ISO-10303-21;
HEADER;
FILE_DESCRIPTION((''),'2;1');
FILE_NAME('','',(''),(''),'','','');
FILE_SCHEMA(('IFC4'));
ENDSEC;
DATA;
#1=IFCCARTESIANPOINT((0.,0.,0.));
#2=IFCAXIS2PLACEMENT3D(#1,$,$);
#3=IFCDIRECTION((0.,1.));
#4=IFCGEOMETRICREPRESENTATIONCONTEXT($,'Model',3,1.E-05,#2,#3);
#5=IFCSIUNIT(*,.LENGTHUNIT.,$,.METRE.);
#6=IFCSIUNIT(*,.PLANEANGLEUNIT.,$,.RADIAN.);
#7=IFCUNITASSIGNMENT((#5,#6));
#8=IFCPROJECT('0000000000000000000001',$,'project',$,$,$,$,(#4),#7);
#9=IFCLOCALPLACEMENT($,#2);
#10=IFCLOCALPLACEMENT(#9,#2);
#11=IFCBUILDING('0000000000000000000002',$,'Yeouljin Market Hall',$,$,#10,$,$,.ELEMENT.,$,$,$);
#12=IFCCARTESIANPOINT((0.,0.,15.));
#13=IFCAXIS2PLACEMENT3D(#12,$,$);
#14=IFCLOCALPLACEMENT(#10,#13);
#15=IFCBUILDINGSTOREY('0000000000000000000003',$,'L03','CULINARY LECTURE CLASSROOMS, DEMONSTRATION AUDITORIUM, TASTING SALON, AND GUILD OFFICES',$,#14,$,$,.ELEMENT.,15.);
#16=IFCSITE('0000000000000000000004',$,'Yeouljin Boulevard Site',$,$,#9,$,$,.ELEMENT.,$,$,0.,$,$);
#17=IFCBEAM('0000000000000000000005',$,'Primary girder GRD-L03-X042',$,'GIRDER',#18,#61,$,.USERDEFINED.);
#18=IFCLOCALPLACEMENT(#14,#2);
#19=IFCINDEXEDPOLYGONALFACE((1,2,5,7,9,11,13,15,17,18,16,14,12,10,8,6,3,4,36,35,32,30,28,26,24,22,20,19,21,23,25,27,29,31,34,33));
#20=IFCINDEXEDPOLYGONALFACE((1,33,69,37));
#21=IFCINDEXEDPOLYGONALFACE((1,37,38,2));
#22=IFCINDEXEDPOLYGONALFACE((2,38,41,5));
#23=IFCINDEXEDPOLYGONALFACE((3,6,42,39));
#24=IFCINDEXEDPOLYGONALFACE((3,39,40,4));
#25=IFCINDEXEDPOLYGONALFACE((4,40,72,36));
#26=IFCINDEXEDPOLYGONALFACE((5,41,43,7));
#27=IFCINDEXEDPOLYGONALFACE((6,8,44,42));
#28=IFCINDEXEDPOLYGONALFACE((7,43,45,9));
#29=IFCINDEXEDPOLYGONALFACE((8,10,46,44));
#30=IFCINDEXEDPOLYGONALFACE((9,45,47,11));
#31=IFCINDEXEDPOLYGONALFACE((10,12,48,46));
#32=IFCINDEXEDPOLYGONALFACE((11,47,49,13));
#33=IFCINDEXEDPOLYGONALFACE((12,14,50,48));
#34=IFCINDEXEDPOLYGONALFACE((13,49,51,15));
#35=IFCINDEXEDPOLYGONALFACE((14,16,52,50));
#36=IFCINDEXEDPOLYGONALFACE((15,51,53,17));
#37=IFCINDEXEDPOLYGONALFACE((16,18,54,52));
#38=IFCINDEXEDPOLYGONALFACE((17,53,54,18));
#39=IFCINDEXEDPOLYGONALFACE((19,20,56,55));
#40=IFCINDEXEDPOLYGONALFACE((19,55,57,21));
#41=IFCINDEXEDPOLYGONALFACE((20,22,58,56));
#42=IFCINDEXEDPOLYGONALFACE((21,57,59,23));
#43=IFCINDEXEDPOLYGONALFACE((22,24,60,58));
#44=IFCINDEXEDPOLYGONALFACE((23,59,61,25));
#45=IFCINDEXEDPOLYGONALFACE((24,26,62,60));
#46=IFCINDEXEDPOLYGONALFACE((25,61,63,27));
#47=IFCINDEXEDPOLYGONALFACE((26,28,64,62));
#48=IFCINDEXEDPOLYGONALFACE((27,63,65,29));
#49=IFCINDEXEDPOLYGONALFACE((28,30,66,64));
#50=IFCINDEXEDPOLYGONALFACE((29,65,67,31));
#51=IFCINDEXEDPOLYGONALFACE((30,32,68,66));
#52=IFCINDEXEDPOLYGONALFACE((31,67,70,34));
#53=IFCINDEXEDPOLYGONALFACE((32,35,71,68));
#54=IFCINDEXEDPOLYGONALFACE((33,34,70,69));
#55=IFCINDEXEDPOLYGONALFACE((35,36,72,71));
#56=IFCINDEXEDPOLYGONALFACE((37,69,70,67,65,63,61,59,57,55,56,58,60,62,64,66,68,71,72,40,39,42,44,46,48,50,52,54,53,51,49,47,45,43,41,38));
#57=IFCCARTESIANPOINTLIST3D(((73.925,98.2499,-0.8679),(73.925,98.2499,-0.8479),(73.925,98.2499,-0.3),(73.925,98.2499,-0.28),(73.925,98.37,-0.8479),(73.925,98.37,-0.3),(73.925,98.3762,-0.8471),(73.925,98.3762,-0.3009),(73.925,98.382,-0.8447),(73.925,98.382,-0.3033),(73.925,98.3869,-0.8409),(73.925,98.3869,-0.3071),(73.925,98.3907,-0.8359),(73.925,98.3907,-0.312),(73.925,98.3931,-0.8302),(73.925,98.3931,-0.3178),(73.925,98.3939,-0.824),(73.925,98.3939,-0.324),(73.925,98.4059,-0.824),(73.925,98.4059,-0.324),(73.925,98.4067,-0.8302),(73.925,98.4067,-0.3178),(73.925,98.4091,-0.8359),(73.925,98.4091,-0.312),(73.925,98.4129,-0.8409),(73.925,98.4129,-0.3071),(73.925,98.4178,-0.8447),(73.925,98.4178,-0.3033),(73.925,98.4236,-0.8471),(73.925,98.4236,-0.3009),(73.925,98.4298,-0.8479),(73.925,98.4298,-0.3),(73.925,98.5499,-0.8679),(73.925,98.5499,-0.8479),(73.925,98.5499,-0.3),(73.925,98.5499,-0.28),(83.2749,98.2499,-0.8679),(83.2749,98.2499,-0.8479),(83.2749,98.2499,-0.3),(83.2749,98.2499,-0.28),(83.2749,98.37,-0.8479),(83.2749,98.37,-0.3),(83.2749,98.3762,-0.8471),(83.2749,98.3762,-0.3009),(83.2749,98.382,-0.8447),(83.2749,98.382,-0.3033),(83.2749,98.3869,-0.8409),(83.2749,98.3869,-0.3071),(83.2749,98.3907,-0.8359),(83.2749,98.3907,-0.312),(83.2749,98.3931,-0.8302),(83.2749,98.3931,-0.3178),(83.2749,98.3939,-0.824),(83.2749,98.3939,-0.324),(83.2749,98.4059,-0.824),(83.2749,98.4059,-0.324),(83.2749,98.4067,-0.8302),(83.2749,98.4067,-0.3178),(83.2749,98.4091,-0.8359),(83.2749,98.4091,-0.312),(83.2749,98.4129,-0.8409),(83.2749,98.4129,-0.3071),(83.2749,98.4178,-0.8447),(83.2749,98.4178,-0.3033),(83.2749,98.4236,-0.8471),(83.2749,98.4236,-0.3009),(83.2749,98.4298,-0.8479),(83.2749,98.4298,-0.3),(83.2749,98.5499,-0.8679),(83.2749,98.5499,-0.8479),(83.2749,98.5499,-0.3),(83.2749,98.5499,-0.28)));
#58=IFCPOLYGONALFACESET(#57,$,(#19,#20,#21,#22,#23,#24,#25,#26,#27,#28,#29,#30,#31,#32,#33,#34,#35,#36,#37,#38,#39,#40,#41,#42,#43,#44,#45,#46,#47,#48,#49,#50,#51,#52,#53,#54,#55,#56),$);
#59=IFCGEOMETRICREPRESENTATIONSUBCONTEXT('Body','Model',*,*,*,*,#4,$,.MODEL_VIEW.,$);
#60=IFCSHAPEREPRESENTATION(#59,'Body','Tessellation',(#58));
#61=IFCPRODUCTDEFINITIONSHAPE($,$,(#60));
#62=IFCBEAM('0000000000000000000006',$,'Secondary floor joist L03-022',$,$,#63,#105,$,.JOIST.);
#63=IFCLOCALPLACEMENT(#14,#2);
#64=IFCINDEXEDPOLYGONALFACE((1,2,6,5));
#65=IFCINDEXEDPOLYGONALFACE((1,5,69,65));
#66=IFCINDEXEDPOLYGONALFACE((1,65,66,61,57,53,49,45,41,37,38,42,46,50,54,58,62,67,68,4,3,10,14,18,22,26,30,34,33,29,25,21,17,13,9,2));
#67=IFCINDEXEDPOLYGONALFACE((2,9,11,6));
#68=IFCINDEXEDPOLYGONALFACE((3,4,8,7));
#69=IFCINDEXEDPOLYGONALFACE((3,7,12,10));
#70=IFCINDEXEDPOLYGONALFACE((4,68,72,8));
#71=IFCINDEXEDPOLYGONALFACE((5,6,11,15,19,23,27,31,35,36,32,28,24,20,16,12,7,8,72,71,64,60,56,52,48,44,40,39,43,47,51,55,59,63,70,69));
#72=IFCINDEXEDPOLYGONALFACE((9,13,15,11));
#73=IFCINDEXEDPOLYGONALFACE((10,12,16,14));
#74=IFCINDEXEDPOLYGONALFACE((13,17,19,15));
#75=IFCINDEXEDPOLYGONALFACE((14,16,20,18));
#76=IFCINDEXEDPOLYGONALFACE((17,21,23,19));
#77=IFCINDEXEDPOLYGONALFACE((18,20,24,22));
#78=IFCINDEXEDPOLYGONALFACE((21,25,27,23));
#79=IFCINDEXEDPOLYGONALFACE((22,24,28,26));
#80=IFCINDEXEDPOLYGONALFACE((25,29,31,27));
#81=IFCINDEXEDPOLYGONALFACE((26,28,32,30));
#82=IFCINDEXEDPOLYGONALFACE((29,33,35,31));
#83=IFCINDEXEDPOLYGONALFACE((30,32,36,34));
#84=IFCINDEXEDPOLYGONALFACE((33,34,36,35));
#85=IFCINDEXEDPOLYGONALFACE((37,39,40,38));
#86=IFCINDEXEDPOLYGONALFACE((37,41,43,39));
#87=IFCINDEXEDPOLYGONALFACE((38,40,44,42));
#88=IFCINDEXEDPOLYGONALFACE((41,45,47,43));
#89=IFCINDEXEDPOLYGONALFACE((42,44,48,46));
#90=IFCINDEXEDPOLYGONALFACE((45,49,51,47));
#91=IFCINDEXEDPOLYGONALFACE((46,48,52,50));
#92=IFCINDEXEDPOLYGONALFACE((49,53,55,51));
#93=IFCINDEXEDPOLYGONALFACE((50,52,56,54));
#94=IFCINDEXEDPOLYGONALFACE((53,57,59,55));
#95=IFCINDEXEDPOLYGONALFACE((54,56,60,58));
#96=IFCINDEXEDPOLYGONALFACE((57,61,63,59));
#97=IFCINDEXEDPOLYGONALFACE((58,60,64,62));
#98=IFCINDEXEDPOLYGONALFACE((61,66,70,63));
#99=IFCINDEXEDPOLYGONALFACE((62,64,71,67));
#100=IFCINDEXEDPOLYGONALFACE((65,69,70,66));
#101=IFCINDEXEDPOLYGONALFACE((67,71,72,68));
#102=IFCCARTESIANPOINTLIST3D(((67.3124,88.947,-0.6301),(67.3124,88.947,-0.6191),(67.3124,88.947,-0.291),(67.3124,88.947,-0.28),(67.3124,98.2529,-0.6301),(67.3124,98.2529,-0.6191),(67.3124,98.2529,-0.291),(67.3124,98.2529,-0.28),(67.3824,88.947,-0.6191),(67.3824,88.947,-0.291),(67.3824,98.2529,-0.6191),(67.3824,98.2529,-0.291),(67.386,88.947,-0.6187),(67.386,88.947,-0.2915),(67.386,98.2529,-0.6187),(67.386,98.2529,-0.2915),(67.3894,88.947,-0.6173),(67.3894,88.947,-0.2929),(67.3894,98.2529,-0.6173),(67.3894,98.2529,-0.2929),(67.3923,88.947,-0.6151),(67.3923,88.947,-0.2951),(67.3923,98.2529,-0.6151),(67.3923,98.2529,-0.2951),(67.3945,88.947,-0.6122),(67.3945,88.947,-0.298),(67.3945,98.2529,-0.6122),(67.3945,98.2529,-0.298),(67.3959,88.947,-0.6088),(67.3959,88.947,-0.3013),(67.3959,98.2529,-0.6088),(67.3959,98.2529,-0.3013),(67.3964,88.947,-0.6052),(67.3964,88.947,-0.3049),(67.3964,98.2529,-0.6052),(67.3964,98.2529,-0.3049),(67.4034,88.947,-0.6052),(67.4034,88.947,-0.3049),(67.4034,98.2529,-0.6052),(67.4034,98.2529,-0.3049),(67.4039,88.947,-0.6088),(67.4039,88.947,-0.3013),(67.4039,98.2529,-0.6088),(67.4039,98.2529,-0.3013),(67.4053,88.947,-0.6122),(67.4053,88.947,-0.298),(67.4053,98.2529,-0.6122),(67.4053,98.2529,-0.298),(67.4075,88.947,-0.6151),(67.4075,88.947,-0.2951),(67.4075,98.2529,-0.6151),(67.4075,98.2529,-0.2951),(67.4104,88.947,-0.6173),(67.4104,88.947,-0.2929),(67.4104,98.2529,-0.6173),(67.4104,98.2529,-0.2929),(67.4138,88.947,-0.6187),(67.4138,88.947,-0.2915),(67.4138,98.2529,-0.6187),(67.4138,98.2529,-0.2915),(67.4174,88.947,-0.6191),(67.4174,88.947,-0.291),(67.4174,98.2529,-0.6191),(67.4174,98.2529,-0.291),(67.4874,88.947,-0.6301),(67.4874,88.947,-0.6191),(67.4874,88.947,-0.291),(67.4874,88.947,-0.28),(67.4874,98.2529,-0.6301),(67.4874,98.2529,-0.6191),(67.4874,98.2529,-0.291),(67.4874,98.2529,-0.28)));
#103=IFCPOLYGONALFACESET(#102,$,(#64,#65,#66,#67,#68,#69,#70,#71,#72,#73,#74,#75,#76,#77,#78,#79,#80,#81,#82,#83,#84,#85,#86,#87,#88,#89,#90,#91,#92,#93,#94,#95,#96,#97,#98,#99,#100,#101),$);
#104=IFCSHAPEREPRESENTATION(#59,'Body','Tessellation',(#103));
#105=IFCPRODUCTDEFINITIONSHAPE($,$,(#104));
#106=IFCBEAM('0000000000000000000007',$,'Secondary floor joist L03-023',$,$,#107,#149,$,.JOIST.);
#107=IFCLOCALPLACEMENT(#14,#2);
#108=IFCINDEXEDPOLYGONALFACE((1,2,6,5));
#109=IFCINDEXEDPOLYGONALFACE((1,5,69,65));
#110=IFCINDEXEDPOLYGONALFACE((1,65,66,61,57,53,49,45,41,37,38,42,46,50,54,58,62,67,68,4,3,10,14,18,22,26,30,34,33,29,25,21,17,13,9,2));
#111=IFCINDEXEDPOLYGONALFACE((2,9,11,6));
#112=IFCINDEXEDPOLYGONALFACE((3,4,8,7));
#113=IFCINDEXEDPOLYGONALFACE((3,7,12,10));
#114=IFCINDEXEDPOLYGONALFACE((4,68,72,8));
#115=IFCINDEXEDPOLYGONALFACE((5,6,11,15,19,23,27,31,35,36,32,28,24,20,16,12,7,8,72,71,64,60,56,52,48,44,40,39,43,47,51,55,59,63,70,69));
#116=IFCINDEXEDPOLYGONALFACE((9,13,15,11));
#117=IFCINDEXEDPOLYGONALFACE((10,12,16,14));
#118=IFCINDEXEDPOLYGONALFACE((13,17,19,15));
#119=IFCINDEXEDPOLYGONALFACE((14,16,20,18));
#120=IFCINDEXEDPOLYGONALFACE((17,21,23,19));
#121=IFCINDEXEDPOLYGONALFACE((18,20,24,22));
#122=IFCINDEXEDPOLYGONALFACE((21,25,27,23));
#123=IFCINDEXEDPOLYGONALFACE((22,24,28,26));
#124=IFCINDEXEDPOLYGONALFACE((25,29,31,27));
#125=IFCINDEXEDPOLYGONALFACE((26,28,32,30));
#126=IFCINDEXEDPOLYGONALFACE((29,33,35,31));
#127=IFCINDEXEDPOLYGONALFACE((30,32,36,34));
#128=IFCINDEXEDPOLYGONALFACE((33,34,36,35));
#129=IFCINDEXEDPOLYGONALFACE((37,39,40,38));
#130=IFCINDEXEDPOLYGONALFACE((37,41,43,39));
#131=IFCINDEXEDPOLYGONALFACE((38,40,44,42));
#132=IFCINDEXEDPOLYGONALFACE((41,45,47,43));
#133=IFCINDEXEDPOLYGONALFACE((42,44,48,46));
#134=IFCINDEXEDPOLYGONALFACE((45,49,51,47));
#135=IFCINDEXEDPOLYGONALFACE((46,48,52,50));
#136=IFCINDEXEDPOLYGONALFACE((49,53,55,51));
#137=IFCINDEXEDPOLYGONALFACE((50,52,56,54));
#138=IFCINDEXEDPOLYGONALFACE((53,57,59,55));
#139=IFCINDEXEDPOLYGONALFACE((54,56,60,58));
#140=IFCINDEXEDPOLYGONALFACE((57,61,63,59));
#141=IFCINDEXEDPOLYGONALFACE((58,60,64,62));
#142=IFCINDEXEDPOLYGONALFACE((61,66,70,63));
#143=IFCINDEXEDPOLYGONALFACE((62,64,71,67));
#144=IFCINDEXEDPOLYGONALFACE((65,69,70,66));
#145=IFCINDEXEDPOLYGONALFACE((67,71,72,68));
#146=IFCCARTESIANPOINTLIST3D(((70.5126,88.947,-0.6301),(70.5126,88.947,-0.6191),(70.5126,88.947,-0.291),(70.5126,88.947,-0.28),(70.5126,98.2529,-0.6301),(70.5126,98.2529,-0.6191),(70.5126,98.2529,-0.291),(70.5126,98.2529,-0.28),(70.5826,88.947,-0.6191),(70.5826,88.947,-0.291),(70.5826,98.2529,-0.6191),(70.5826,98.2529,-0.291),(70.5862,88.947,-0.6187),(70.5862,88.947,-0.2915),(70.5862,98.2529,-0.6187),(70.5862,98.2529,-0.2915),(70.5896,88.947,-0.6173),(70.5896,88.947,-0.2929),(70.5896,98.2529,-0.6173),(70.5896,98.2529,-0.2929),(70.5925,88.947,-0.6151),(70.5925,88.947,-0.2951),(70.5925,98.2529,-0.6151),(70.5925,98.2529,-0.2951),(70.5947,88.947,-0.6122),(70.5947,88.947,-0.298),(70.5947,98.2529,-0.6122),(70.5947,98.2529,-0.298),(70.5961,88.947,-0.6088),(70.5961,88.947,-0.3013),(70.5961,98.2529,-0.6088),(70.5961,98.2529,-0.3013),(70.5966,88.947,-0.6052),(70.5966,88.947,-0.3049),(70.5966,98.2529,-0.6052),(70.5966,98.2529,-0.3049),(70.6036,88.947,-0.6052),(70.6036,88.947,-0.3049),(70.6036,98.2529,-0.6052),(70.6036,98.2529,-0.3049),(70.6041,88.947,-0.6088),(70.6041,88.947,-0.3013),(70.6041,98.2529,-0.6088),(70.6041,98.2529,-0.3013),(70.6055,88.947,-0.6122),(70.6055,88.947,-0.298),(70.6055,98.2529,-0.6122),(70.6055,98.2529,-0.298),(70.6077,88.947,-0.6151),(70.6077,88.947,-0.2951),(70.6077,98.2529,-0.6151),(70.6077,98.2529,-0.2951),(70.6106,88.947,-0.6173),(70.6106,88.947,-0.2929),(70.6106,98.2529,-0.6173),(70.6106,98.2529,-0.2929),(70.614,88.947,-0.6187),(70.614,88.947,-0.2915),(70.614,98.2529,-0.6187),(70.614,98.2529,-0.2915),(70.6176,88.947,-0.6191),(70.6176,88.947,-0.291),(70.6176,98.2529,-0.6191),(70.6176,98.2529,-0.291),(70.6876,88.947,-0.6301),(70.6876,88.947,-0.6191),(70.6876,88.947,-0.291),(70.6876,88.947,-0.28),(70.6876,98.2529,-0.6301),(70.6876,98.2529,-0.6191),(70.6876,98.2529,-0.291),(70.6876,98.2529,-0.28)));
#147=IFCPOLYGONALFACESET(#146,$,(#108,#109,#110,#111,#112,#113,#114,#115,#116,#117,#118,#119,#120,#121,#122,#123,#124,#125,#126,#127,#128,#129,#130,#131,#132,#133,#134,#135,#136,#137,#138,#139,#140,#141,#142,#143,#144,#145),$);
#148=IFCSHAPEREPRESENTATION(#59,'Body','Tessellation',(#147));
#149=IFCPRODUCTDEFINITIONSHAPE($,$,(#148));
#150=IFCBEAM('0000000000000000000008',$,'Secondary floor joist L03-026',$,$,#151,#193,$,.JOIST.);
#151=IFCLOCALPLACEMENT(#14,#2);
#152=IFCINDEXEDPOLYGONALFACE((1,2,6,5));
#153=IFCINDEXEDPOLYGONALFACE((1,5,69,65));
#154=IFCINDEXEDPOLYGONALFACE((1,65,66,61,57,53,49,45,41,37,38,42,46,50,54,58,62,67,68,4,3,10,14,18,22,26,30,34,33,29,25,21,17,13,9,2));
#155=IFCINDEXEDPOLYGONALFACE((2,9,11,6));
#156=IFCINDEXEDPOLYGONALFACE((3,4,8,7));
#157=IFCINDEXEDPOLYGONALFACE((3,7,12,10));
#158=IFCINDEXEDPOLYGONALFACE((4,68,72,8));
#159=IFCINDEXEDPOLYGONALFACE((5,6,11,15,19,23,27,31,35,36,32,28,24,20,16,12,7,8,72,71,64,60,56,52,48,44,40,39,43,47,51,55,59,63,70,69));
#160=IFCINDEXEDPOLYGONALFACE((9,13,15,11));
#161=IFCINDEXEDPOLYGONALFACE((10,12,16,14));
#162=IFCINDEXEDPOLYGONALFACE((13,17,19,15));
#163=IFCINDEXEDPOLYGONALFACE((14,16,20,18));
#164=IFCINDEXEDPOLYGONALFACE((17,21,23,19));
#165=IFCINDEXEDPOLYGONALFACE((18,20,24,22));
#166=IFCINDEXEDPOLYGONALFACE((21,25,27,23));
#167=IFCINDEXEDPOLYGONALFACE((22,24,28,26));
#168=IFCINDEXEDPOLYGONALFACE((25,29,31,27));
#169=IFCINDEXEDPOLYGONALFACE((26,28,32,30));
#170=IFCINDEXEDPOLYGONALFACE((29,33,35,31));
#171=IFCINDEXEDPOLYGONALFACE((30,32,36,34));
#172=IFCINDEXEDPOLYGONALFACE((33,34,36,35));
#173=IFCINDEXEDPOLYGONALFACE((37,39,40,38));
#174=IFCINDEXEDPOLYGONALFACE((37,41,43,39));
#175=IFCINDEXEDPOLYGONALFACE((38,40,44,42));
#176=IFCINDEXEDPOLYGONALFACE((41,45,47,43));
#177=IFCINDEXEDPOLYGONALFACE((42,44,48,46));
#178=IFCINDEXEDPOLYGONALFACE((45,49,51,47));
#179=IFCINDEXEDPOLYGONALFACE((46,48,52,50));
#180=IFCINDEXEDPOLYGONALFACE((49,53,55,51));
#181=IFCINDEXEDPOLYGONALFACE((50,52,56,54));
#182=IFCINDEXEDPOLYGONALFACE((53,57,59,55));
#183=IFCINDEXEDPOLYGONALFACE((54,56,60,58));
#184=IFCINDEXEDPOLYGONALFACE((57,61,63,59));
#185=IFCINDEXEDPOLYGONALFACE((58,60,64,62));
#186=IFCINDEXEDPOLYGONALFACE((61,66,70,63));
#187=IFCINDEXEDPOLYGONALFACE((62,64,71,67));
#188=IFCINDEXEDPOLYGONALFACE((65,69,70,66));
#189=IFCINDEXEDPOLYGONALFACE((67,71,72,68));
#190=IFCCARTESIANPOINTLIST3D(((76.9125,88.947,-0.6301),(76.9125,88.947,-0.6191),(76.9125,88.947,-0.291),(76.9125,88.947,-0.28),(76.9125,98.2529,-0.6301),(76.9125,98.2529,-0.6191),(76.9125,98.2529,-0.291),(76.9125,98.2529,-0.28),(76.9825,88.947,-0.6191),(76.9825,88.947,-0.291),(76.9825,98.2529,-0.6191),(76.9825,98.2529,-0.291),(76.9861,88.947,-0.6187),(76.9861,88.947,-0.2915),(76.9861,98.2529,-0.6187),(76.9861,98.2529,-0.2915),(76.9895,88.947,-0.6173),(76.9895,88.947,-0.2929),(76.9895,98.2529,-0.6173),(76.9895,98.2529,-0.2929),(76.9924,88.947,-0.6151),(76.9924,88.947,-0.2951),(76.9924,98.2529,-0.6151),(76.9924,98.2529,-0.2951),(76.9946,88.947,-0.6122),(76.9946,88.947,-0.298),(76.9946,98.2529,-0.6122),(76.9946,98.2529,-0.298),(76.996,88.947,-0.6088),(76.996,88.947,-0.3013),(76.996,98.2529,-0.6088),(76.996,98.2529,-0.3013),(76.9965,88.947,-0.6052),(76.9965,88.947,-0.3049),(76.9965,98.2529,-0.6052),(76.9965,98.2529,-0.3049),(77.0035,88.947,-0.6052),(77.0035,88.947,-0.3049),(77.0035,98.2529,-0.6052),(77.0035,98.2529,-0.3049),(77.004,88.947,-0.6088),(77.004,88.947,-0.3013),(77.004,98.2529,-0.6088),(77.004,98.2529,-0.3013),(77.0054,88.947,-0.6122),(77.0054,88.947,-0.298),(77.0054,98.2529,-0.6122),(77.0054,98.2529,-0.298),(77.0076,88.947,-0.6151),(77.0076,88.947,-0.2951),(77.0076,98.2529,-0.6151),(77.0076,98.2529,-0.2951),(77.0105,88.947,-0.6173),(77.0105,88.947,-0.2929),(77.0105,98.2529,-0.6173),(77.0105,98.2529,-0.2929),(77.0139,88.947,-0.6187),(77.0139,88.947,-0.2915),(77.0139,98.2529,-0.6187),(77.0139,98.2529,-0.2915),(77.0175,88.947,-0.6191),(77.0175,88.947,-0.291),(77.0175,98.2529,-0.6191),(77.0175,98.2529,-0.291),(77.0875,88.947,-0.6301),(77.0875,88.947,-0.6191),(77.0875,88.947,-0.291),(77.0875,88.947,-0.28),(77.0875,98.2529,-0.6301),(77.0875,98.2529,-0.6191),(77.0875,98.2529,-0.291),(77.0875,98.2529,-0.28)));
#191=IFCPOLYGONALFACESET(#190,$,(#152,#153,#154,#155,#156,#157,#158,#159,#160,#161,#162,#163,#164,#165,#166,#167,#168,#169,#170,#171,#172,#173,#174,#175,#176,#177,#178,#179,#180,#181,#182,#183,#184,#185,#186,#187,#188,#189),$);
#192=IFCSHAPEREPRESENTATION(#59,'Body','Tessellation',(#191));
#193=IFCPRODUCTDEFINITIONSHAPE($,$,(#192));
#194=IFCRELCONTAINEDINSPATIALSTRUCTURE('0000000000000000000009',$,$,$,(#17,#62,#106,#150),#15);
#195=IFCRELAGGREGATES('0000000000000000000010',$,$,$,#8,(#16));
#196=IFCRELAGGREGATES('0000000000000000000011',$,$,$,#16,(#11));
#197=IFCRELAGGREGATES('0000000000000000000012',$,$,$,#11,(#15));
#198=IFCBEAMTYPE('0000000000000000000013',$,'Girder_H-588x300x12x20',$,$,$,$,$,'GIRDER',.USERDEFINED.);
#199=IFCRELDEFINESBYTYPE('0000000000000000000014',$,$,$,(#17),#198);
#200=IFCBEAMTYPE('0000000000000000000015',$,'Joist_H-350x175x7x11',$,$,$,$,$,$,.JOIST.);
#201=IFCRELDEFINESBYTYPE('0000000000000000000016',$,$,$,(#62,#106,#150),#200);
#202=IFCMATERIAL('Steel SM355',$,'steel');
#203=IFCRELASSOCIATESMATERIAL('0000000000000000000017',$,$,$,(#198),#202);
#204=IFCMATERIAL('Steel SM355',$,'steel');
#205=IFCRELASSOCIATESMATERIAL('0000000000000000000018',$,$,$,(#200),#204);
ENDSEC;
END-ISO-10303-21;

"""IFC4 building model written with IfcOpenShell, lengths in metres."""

from ifc_helpers import new_model, si_unit, direction, frame, origin, origin_2d, place, context, subcontext, project, spatial, i_section, extrude, material, material_profile, profile_set, type_object, element, save


model = new_model("IFC4")

# Units and contexts
model_context = context("Model", 3, precision=1e-05, world=origin(), true_north=direction((0.0, 1.0)))
body_context = subcontext(model_context, "Body", "Model", "MODEL_VIEW")
ifc_project = project(units=[si_unit("LENGTHUNIT", "METRE"), si_unit("PLANEANGLEUNIT", "RADIAN")], contexts=[model_context])

# Site, building, storey
site_placement = place(None, origin())
site = spatial("IfcSite", under=ifc_project, at=site_placement, Name="Yeouljin Boulevard Site", CompositionType="ELEMENT", RefElevation=0.0)
building_placement = place(site_placement, origin())
building = spatial("IfcBuilding", under=site, at=building_placement, Name="Yeouljin Market Hall", CompositionType="ELEMENT")
storey_placement = place(building_placement, frame((0.0, 0.0, 15.0)))
storey = spatial("IfcBuildingStorey", under=building, at=storey_placement, Name="L03", Description="CULINARY LECTURE CLASSROOMS, DEMONSTRATION AUDITORIUM, TASTING SALON, AND GUILD OFFICES", CompositionType="ELEMENT", Elevation=15.0)

# Beams
ifc_material_1 = material(Name="Steel SM355", Category="steel")
ifc_material_profile_1 = material_profile(ifc_material_1, i_section(OverallWidth=0.3, OverallDepth=0.5879, WebThickness=0.012, FlangeThickness=0.02, FilletRadius=0.0239, at=origin_2d()), Name="H-588x300x12x20")
ifc_profile_set_1 = profile_set([ifc_material_profile_1], Name="Steel SM355")
beam_type_1 = type_object("IfcBeamType", Name="Girder_H-588x300x12x20", ElementType="GIRDER", PredefinedType="USERDEFINED", material=ifc_profile_set_1)
beam_1_placement = place(storey_placement, frame((73.925, 98.3999, -0.574), z_axis=(1.0, 0.0, 0.0), x_axis=(0.0, 1.0, 0.0)))
element("IfcBeam", 1, at=beam_1_placement, inside=storey, type_object=beam_type_1, Name="Primary girder GRD-L03-X042", ObjectType="GIRDER", PredefinedType="USERDEFINED", context=body_context, shape_type="SweptSolid", body=[
    extrude(i_section(OverallWidth=0.3, OverallDepth=0.5879, WebThickness=0.012, FlangeThickness=0.02, FilletRadius=0.0239, at=origin_2d()), origin(), (0.0, 0.0, 1.0), 9.3499),
])
ifc_material_2 = material(Name="Steel SM355", Category="steel")
ifc_material_profile_2 = material_profile(ifc_material_2, i_section(OverallWidth=0.175, OverallDepth=0.3501, WebThickness=0.0071, FlangeThickness=0.011, FilletRadius=0.0139, at=origin_2d()), Name="H-350x175x7x11")
ifc_profile_set_2 = profile_set([ifc_material_profile_2], Name="Steel SM355")
beam_type_2 = type_object("IfcBeamType", Name="Joist_H-350x175x7x11", PredefinedType="JOIST", material=ifc_profile_set_2)
for number, where, z_axis, x_axis, name in (
    (2, (67.3999, 88.947, -0.4551), (0.0, 1.0, 0.0), (-1.0, 0.0, 0.0), "Secondary floor joist L03-022"),
    (3, (70.6001, 88.947, -0.4551), (0.0, 1.0, 0.0), (-1.0, 0.0, 0.0), "Secondary floor joist L03-023"),
    (4, (77.0, 88.947, -0.4551), (0.0, 1.0, 0.0), (-1.0, 0.0, 0.0), "Secondary floor joist L03-026"),
):
    element("IfcBeam", number, at=place(storey_placement, frame(where, z_axis=z_axis, x_axis=x_axis)), inside=storey, type_object=beam_type_2, Name=name, PredefinedType="JOIST", context=body_context, shape_type="SweptSolid", body=[
        extrude(i_section(OverallWidth=0.175, OverallDepth=0.3501, WebThickness=0.0071, FlangeThickness=0.011, FilletRadius=0.0139, at=origin_2d()), origin(), (0.0, 0.0, 1.0), 9.3059),
    ])

save(model, "model.ifc")
